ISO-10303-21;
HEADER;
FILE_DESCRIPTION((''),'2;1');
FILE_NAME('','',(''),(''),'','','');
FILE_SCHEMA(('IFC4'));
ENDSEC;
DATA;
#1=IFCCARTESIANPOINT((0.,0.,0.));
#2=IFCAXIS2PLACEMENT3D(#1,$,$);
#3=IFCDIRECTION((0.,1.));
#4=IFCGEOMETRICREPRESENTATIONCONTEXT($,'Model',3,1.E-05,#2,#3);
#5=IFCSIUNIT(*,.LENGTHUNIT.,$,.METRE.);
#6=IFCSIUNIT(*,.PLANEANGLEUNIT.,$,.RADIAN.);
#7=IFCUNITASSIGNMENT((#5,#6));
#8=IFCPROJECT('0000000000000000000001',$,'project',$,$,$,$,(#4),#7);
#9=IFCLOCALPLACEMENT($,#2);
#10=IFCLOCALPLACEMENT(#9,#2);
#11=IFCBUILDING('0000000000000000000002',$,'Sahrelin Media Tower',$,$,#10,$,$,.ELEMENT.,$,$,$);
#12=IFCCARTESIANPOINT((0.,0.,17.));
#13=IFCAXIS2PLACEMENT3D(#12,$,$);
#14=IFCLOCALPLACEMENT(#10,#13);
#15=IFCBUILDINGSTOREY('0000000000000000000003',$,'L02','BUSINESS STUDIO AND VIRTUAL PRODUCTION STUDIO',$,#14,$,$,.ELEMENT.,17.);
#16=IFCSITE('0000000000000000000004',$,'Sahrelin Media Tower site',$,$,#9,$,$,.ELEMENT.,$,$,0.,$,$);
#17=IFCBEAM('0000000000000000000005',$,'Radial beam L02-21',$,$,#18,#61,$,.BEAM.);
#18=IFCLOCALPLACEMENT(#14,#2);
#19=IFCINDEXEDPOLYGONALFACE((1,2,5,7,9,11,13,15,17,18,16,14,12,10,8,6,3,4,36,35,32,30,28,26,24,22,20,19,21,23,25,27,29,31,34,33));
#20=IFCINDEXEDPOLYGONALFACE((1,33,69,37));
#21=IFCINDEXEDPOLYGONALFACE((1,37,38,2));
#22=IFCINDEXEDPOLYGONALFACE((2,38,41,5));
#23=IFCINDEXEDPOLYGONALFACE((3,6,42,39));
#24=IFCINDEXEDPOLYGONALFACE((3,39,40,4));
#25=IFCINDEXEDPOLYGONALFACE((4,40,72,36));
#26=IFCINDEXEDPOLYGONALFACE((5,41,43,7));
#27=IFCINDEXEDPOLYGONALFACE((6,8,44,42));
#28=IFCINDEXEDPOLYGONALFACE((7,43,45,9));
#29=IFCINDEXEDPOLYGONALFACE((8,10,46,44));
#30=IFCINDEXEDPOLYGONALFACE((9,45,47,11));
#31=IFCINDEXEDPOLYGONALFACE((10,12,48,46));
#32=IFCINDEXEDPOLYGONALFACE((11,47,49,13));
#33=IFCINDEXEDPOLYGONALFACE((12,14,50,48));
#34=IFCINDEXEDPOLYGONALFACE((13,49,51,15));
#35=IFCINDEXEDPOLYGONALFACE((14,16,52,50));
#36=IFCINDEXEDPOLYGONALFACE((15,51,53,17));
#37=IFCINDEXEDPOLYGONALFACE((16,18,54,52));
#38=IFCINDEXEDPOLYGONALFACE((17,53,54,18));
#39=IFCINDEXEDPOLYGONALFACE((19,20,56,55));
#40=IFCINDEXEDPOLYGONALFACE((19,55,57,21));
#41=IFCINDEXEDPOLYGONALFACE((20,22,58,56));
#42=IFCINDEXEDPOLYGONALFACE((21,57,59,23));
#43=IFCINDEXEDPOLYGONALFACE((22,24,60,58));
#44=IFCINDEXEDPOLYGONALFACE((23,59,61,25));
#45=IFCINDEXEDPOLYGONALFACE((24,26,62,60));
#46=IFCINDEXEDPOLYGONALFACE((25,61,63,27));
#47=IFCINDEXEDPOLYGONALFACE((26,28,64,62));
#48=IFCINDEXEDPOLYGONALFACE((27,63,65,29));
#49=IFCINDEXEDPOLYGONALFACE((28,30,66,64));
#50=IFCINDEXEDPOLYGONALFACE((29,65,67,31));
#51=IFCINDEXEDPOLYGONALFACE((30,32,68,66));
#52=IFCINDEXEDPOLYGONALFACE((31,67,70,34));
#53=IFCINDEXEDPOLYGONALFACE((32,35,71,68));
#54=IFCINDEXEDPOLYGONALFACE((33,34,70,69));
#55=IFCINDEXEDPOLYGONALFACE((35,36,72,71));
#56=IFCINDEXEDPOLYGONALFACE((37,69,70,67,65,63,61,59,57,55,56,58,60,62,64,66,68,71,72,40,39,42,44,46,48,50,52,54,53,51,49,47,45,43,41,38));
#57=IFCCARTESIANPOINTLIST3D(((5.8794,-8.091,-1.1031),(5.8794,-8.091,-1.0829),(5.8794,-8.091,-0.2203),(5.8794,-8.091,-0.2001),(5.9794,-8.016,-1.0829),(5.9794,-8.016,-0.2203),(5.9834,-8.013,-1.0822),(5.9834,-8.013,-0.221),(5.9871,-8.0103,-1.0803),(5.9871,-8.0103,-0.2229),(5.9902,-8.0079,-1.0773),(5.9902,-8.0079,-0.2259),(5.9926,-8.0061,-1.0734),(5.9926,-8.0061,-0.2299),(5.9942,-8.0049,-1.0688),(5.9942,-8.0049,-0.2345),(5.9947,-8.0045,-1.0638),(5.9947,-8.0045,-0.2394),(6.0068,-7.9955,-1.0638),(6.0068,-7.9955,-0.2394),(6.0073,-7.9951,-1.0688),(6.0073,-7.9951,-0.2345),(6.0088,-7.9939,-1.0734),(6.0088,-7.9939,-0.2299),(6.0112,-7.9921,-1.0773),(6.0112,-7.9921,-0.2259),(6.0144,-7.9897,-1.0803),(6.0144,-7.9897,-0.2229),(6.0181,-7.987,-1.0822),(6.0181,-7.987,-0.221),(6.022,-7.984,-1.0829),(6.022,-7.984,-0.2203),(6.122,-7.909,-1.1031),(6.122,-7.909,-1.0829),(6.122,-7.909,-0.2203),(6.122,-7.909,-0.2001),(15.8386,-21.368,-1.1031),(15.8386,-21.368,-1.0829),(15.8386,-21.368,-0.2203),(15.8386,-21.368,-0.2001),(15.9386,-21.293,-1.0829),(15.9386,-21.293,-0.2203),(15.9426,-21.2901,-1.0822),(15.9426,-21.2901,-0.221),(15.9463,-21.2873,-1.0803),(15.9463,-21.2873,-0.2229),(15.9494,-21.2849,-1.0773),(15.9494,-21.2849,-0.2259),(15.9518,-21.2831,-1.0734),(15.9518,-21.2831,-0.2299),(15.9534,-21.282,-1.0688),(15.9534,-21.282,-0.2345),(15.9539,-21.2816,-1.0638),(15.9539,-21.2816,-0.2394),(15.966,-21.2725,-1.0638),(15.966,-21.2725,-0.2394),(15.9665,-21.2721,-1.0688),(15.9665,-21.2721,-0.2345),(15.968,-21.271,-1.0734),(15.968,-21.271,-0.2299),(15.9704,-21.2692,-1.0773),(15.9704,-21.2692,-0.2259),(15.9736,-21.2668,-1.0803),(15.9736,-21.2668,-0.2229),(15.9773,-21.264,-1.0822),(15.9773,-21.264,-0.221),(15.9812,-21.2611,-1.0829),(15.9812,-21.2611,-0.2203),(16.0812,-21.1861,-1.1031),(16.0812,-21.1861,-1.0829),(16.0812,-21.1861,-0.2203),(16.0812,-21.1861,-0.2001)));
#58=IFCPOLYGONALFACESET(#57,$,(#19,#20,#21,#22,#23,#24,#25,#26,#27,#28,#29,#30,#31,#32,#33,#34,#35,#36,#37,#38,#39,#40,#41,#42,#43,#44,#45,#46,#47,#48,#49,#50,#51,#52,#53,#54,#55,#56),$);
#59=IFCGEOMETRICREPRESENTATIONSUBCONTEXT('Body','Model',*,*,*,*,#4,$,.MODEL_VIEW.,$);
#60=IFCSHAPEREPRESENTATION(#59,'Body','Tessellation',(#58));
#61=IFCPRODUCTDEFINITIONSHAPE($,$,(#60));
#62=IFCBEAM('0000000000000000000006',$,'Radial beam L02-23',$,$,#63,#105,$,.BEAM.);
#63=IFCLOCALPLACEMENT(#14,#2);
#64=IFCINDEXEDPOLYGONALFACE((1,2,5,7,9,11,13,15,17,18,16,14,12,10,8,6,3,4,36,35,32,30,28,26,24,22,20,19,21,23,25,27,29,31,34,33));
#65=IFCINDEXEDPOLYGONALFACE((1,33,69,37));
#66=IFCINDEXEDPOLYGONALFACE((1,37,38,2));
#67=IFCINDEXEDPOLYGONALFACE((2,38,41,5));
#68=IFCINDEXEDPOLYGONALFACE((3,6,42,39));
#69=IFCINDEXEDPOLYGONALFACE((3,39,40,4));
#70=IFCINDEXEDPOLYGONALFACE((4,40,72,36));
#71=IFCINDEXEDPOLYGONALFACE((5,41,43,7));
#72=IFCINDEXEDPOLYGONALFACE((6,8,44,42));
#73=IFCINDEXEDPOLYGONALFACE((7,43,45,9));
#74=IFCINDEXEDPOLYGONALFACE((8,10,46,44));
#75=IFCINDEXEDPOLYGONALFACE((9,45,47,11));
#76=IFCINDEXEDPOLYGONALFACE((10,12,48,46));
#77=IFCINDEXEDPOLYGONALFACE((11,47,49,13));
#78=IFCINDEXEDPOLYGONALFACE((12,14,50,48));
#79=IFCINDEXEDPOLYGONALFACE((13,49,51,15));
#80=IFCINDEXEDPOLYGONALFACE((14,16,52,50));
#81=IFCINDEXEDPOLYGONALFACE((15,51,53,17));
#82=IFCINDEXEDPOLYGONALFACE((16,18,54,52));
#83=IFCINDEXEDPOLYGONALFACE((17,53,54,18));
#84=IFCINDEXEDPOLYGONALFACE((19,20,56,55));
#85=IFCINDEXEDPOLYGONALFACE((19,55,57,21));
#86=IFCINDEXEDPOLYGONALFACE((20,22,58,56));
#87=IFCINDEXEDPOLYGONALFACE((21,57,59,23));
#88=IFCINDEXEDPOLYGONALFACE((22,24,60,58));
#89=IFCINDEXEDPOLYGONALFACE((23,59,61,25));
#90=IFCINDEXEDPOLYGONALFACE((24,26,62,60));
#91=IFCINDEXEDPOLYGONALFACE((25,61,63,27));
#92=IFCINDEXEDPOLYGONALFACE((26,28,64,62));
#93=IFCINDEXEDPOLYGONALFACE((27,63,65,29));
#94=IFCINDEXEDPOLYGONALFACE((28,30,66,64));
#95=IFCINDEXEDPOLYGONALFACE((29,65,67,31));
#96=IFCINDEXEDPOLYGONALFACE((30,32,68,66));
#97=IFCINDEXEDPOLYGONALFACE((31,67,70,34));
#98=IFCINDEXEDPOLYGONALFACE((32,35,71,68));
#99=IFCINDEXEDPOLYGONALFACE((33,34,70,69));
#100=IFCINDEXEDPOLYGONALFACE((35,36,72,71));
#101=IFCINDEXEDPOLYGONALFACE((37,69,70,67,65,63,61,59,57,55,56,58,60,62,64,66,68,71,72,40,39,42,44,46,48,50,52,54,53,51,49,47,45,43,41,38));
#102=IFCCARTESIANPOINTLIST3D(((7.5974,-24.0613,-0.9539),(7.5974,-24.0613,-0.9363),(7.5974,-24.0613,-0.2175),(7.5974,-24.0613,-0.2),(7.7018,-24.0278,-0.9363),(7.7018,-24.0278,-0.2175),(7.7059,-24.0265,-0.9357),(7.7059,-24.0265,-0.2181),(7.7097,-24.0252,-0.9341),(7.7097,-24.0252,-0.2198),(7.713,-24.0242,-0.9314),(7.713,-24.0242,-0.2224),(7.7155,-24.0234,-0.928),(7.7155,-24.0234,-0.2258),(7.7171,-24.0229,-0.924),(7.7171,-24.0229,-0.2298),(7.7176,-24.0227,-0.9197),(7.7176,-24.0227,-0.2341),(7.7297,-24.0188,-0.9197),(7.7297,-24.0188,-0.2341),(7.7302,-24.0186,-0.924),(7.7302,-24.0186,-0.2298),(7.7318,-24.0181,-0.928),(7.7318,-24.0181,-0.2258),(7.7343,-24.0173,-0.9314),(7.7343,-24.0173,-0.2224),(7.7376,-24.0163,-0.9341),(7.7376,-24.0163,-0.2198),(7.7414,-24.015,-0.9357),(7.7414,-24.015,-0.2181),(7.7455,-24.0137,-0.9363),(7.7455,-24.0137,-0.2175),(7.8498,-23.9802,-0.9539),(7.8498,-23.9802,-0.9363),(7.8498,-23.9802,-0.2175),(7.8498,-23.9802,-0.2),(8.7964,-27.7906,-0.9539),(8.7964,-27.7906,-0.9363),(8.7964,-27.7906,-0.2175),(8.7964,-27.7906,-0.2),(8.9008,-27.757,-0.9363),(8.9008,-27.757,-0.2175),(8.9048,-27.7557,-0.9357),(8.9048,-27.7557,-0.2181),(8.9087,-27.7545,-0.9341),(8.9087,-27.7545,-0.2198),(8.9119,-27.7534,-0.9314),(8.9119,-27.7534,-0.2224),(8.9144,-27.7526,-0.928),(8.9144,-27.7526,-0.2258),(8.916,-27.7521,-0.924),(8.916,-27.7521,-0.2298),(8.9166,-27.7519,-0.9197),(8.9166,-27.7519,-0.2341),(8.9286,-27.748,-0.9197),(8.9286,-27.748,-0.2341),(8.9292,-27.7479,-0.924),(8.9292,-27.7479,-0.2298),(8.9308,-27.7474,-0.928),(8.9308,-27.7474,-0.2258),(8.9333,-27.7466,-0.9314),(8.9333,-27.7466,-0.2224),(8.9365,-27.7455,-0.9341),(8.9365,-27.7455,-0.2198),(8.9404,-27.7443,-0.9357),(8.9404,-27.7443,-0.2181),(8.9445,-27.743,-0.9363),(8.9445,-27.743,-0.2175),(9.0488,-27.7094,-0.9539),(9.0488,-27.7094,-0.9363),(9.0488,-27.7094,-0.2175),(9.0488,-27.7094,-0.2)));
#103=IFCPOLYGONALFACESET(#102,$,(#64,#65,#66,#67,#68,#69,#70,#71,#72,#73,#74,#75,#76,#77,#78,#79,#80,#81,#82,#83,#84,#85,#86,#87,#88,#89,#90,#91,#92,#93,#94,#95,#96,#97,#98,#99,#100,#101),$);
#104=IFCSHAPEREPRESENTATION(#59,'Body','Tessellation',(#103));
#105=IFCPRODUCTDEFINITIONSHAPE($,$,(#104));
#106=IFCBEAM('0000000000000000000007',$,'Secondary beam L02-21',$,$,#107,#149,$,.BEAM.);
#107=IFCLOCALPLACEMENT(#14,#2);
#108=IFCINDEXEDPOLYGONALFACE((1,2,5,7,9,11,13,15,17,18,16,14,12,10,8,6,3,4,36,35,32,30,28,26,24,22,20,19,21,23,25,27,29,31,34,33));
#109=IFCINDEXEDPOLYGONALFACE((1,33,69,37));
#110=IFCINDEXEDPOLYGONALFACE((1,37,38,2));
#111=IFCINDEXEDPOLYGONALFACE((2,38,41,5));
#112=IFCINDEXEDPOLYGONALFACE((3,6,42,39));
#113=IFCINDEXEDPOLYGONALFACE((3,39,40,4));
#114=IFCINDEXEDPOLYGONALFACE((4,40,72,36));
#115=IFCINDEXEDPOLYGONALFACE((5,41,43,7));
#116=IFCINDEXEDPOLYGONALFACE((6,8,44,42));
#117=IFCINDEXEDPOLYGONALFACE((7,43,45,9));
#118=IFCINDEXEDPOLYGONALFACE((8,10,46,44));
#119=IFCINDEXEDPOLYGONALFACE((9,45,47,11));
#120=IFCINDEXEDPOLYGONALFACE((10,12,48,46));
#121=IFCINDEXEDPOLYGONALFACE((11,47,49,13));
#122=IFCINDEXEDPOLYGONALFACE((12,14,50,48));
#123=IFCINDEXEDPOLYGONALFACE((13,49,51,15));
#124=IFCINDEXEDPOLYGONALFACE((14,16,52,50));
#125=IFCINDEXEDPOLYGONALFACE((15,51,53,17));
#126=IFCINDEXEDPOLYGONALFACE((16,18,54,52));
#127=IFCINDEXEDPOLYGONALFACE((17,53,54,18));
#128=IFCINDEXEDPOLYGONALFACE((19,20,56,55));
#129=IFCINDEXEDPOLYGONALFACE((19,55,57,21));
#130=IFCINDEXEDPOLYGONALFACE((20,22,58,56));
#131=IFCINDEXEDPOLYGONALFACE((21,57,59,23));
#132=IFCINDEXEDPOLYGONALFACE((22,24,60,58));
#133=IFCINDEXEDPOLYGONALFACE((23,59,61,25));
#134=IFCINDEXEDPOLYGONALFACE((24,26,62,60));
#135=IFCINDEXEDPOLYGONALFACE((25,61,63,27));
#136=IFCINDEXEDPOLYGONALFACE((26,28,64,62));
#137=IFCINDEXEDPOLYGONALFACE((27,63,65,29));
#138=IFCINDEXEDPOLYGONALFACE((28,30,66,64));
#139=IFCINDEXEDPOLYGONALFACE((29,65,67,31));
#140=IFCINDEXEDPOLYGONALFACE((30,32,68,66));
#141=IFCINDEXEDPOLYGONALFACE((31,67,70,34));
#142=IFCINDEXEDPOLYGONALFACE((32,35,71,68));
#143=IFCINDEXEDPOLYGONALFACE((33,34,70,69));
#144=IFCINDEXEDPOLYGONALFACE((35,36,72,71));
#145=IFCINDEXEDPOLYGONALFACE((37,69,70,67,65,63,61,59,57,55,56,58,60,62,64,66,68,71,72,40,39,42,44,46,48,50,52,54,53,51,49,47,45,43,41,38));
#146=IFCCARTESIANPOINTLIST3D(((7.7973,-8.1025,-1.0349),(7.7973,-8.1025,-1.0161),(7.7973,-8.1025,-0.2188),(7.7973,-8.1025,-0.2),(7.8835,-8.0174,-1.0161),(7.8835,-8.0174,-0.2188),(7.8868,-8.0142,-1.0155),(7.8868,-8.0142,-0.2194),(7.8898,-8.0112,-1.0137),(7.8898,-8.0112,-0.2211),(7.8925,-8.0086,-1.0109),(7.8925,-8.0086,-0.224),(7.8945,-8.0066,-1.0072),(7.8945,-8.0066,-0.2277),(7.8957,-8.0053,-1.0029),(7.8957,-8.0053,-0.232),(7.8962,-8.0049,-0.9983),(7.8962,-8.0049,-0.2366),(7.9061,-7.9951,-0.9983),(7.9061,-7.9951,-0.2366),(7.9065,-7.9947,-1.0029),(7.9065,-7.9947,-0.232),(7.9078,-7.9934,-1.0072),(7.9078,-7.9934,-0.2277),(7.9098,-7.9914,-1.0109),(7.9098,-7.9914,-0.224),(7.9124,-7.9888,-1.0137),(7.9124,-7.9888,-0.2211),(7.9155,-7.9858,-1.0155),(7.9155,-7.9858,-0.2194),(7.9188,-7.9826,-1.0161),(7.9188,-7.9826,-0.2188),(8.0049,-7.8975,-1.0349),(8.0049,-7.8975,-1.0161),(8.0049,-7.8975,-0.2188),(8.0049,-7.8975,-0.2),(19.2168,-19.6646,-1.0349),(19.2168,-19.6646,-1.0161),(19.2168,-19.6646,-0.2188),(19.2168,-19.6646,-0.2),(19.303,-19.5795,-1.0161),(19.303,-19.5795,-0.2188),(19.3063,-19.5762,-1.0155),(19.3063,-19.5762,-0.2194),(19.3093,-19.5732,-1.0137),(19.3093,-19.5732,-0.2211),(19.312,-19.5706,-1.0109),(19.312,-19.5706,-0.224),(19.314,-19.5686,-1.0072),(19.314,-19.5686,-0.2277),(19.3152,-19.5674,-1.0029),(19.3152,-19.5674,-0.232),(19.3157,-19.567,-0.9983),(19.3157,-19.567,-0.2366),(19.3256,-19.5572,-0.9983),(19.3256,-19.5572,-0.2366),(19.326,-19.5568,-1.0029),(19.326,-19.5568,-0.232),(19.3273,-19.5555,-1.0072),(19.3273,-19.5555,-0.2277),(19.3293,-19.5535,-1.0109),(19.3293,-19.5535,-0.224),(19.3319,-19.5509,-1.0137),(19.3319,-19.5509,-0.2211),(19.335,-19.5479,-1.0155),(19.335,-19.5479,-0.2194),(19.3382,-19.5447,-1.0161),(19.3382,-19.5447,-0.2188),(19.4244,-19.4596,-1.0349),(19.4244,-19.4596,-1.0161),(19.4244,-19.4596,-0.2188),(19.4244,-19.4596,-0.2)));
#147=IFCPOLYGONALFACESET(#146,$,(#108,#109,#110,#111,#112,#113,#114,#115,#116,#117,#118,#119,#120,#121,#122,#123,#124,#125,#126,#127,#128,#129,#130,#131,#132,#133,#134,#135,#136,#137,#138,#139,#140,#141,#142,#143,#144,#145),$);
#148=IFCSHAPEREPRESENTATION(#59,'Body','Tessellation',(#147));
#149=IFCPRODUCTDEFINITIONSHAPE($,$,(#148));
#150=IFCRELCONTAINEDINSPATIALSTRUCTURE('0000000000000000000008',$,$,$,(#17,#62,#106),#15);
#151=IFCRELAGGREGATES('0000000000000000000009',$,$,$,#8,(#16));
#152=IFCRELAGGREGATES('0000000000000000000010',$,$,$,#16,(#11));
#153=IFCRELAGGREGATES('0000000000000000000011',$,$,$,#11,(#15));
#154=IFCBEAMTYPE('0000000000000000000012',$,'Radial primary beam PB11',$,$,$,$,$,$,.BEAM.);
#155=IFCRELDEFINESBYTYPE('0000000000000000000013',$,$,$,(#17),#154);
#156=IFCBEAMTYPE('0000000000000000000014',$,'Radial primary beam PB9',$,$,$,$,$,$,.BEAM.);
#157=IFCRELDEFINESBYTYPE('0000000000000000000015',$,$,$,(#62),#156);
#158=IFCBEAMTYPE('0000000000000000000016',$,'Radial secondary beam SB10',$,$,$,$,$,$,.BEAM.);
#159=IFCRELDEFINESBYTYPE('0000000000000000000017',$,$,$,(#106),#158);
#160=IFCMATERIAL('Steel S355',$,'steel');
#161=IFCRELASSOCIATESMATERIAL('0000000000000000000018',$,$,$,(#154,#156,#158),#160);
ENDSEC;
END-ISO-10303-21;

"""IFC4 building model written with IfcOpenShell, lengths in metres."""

from ifc_helpers import new_model, si_unit, direction, frame, origin, origin_2d, place, context, subcontext, project, spatial, i_section, extrude, material, material_profile, profile_set, type_object, element, save


model = new_model("IFC4")

# Units and contexts
model_context = context("Model", 3, precision=1e-05, world=origin(), true_north=direction((0.0, 1.0)))
body_context = subcontext(model_context, "Body", "Model", "MODEL_VIEW")
ifc_project = project(units=[si_unit("LENGTHUNIT", "METRE"), si_unit("PLANEANGLEUNIT", "RADIAN")], contexts=[model_context])

# Site, building, storey
site_placement = place(None, origin())
site = spatial("IfcSite", under=ifc_project, at=site_placement, Name="Sahrelin Media Tower site", CompositionType="ELEMENT", RefElevation=0.0)
building_placement = place(site_placement, origin())
building = spatial("IfcBuilding", under=site, at=building_placement, Name="Sahrelin Media Tower", CompositionType="ELEMENT")
storey_placement = place(building_placement, frame((0.0, 0.0, 17.0)))
storey = spatial("IfcBuildingStorey", under=building, at=storey_placement, Name="L02", Description="BUSINESS STUDIO AND VIRTUAL PRODUCTION STUDIO", CompositionType="ELEMENT", Elevation=17.0)

# Beams
ifc_material_1 = material(Name="Steel S355", Category="steel")
ifc_material_profile_1 = material_profile(ifc_material_1, i_section(OverallWidth=0.3032, OverallDepth=0.9031, WebThickness=0.0151, FlangeThickness=0.0203, FilletRadius=0.019, at=origin_2d()), Name="UB 914x305x201")
ifc_profile_set_1 = profile_set([ifc_material_profile_1], Name="Steel S355")
beam_type_1 = type_object("IfcBeamType", Name="Radial primary beam PB11", PredefinedType="BEAM", material=ifc_profile_set_1)
beam_1_placement = place(storey_placement, frame((6.0007, -8.0, -0.6516), z_axis=(0.600054, -0.799959, 0.0), x_axis=(0.799959, 0.600054, 0.0)))
element("IfcBeam", 1, at=beam_1_placement, inside=storey, type_object=beam_type_1, Name="Radial beam L02-21", PredefinedType="BEAM", context=body_context, shape_type="SweptSolid", body=[
    extrude(i_section(OverallWidth=0.3032, OverallDepth=0.9031, WebThickness=0.0151, FlangeThickness=0.0203, FilletRadius=0.019, at=origin_2d()), origin(), (0.0, 0.0, 1.0), 16.5972),
])
ifc_material_profile_2 = material_profile(ifc_material_1, i_section(OverallWidth=0.2651, OverallDepth=0.7539, WebThickness=0.0127, FlangeThickness=0.0176, FilletRadius=0.0166, at=origin_2d()), Name="UB 762x267x147")
ifc_profile_set_2 = profile_set([ifc_material_profile_2], Name="Steel S355")
beam_type_2 = type_object("IfcBeamType", Name="Radial primary beam PB9", PredefinedType="BEAM", material=ifc_profile_set_2)
beam_2_placement = place(storey_placement, frame((7.7236, -24.0208, -0.5769), z_axis=(0.306076, -0.952007, 0.0), x_axis=(0.952007, 0.306076, 0.0)))
element("IfcBeam", 2, at=beam_2_placement, inside=storey, type_object=beam_type_2, Name="Radial beam L02-23", PredefinedType="BEAM", context=body_context, shape_type="SweptSolid", body=[
    extrude(i_section(OverallWidth=0.2651, OverallDepth=0.7539, WebThickness=0.0127, FlangeThickness=0.0176, FilletRadius=0.0166, at=origin_2d()), origin(), (0.0, 0.0, 1.0), 3.9172),
])
ifc_material_profile_3 = material_profile(ifc_material_1, i_section(OverallWidth=0.2917, OverallDepth=0.835, WebThickness=0.0139, FlangeThickness=0.0188, FilletRadius=0.0178, at=origin_2d()), Name="UB 838x292x176")
ifc_profile_set_3 = profile_set([ifc_material_profile_3], Name="Steel S355")
beam_type_3 = type_object("IfcBeamType", Name="Radial secondary beam SB10", PredefinedType="BEAM", material=ifc_profile_set_3)
beam_3_placement = place(storey_placement, frame((7.9011, -8.0, -0.6174), z_axis=(0.702706, -0.71148, 0.0), x_axis=(0.71148, 0.702706, 0.0)))
element("IfcBeam", 3, at=beam_3_placement, inside=storey, type_object=beam_type_3, Name="Secondary beam L02-21", PredefinedType="BEAM", context=body_context, shape_type="SweptSolid", body=[
    extrude(i_section(OverallWidth=0.2917, OverallDepth=0.835, WebThickness=0.0139, FlangeThickness=0.0188, FilletRadius=0.0178, at=origin_2d()), origin(), (0.0, 0.0, 1.0), 16.2507),
])

save(model, "model.ifc")
